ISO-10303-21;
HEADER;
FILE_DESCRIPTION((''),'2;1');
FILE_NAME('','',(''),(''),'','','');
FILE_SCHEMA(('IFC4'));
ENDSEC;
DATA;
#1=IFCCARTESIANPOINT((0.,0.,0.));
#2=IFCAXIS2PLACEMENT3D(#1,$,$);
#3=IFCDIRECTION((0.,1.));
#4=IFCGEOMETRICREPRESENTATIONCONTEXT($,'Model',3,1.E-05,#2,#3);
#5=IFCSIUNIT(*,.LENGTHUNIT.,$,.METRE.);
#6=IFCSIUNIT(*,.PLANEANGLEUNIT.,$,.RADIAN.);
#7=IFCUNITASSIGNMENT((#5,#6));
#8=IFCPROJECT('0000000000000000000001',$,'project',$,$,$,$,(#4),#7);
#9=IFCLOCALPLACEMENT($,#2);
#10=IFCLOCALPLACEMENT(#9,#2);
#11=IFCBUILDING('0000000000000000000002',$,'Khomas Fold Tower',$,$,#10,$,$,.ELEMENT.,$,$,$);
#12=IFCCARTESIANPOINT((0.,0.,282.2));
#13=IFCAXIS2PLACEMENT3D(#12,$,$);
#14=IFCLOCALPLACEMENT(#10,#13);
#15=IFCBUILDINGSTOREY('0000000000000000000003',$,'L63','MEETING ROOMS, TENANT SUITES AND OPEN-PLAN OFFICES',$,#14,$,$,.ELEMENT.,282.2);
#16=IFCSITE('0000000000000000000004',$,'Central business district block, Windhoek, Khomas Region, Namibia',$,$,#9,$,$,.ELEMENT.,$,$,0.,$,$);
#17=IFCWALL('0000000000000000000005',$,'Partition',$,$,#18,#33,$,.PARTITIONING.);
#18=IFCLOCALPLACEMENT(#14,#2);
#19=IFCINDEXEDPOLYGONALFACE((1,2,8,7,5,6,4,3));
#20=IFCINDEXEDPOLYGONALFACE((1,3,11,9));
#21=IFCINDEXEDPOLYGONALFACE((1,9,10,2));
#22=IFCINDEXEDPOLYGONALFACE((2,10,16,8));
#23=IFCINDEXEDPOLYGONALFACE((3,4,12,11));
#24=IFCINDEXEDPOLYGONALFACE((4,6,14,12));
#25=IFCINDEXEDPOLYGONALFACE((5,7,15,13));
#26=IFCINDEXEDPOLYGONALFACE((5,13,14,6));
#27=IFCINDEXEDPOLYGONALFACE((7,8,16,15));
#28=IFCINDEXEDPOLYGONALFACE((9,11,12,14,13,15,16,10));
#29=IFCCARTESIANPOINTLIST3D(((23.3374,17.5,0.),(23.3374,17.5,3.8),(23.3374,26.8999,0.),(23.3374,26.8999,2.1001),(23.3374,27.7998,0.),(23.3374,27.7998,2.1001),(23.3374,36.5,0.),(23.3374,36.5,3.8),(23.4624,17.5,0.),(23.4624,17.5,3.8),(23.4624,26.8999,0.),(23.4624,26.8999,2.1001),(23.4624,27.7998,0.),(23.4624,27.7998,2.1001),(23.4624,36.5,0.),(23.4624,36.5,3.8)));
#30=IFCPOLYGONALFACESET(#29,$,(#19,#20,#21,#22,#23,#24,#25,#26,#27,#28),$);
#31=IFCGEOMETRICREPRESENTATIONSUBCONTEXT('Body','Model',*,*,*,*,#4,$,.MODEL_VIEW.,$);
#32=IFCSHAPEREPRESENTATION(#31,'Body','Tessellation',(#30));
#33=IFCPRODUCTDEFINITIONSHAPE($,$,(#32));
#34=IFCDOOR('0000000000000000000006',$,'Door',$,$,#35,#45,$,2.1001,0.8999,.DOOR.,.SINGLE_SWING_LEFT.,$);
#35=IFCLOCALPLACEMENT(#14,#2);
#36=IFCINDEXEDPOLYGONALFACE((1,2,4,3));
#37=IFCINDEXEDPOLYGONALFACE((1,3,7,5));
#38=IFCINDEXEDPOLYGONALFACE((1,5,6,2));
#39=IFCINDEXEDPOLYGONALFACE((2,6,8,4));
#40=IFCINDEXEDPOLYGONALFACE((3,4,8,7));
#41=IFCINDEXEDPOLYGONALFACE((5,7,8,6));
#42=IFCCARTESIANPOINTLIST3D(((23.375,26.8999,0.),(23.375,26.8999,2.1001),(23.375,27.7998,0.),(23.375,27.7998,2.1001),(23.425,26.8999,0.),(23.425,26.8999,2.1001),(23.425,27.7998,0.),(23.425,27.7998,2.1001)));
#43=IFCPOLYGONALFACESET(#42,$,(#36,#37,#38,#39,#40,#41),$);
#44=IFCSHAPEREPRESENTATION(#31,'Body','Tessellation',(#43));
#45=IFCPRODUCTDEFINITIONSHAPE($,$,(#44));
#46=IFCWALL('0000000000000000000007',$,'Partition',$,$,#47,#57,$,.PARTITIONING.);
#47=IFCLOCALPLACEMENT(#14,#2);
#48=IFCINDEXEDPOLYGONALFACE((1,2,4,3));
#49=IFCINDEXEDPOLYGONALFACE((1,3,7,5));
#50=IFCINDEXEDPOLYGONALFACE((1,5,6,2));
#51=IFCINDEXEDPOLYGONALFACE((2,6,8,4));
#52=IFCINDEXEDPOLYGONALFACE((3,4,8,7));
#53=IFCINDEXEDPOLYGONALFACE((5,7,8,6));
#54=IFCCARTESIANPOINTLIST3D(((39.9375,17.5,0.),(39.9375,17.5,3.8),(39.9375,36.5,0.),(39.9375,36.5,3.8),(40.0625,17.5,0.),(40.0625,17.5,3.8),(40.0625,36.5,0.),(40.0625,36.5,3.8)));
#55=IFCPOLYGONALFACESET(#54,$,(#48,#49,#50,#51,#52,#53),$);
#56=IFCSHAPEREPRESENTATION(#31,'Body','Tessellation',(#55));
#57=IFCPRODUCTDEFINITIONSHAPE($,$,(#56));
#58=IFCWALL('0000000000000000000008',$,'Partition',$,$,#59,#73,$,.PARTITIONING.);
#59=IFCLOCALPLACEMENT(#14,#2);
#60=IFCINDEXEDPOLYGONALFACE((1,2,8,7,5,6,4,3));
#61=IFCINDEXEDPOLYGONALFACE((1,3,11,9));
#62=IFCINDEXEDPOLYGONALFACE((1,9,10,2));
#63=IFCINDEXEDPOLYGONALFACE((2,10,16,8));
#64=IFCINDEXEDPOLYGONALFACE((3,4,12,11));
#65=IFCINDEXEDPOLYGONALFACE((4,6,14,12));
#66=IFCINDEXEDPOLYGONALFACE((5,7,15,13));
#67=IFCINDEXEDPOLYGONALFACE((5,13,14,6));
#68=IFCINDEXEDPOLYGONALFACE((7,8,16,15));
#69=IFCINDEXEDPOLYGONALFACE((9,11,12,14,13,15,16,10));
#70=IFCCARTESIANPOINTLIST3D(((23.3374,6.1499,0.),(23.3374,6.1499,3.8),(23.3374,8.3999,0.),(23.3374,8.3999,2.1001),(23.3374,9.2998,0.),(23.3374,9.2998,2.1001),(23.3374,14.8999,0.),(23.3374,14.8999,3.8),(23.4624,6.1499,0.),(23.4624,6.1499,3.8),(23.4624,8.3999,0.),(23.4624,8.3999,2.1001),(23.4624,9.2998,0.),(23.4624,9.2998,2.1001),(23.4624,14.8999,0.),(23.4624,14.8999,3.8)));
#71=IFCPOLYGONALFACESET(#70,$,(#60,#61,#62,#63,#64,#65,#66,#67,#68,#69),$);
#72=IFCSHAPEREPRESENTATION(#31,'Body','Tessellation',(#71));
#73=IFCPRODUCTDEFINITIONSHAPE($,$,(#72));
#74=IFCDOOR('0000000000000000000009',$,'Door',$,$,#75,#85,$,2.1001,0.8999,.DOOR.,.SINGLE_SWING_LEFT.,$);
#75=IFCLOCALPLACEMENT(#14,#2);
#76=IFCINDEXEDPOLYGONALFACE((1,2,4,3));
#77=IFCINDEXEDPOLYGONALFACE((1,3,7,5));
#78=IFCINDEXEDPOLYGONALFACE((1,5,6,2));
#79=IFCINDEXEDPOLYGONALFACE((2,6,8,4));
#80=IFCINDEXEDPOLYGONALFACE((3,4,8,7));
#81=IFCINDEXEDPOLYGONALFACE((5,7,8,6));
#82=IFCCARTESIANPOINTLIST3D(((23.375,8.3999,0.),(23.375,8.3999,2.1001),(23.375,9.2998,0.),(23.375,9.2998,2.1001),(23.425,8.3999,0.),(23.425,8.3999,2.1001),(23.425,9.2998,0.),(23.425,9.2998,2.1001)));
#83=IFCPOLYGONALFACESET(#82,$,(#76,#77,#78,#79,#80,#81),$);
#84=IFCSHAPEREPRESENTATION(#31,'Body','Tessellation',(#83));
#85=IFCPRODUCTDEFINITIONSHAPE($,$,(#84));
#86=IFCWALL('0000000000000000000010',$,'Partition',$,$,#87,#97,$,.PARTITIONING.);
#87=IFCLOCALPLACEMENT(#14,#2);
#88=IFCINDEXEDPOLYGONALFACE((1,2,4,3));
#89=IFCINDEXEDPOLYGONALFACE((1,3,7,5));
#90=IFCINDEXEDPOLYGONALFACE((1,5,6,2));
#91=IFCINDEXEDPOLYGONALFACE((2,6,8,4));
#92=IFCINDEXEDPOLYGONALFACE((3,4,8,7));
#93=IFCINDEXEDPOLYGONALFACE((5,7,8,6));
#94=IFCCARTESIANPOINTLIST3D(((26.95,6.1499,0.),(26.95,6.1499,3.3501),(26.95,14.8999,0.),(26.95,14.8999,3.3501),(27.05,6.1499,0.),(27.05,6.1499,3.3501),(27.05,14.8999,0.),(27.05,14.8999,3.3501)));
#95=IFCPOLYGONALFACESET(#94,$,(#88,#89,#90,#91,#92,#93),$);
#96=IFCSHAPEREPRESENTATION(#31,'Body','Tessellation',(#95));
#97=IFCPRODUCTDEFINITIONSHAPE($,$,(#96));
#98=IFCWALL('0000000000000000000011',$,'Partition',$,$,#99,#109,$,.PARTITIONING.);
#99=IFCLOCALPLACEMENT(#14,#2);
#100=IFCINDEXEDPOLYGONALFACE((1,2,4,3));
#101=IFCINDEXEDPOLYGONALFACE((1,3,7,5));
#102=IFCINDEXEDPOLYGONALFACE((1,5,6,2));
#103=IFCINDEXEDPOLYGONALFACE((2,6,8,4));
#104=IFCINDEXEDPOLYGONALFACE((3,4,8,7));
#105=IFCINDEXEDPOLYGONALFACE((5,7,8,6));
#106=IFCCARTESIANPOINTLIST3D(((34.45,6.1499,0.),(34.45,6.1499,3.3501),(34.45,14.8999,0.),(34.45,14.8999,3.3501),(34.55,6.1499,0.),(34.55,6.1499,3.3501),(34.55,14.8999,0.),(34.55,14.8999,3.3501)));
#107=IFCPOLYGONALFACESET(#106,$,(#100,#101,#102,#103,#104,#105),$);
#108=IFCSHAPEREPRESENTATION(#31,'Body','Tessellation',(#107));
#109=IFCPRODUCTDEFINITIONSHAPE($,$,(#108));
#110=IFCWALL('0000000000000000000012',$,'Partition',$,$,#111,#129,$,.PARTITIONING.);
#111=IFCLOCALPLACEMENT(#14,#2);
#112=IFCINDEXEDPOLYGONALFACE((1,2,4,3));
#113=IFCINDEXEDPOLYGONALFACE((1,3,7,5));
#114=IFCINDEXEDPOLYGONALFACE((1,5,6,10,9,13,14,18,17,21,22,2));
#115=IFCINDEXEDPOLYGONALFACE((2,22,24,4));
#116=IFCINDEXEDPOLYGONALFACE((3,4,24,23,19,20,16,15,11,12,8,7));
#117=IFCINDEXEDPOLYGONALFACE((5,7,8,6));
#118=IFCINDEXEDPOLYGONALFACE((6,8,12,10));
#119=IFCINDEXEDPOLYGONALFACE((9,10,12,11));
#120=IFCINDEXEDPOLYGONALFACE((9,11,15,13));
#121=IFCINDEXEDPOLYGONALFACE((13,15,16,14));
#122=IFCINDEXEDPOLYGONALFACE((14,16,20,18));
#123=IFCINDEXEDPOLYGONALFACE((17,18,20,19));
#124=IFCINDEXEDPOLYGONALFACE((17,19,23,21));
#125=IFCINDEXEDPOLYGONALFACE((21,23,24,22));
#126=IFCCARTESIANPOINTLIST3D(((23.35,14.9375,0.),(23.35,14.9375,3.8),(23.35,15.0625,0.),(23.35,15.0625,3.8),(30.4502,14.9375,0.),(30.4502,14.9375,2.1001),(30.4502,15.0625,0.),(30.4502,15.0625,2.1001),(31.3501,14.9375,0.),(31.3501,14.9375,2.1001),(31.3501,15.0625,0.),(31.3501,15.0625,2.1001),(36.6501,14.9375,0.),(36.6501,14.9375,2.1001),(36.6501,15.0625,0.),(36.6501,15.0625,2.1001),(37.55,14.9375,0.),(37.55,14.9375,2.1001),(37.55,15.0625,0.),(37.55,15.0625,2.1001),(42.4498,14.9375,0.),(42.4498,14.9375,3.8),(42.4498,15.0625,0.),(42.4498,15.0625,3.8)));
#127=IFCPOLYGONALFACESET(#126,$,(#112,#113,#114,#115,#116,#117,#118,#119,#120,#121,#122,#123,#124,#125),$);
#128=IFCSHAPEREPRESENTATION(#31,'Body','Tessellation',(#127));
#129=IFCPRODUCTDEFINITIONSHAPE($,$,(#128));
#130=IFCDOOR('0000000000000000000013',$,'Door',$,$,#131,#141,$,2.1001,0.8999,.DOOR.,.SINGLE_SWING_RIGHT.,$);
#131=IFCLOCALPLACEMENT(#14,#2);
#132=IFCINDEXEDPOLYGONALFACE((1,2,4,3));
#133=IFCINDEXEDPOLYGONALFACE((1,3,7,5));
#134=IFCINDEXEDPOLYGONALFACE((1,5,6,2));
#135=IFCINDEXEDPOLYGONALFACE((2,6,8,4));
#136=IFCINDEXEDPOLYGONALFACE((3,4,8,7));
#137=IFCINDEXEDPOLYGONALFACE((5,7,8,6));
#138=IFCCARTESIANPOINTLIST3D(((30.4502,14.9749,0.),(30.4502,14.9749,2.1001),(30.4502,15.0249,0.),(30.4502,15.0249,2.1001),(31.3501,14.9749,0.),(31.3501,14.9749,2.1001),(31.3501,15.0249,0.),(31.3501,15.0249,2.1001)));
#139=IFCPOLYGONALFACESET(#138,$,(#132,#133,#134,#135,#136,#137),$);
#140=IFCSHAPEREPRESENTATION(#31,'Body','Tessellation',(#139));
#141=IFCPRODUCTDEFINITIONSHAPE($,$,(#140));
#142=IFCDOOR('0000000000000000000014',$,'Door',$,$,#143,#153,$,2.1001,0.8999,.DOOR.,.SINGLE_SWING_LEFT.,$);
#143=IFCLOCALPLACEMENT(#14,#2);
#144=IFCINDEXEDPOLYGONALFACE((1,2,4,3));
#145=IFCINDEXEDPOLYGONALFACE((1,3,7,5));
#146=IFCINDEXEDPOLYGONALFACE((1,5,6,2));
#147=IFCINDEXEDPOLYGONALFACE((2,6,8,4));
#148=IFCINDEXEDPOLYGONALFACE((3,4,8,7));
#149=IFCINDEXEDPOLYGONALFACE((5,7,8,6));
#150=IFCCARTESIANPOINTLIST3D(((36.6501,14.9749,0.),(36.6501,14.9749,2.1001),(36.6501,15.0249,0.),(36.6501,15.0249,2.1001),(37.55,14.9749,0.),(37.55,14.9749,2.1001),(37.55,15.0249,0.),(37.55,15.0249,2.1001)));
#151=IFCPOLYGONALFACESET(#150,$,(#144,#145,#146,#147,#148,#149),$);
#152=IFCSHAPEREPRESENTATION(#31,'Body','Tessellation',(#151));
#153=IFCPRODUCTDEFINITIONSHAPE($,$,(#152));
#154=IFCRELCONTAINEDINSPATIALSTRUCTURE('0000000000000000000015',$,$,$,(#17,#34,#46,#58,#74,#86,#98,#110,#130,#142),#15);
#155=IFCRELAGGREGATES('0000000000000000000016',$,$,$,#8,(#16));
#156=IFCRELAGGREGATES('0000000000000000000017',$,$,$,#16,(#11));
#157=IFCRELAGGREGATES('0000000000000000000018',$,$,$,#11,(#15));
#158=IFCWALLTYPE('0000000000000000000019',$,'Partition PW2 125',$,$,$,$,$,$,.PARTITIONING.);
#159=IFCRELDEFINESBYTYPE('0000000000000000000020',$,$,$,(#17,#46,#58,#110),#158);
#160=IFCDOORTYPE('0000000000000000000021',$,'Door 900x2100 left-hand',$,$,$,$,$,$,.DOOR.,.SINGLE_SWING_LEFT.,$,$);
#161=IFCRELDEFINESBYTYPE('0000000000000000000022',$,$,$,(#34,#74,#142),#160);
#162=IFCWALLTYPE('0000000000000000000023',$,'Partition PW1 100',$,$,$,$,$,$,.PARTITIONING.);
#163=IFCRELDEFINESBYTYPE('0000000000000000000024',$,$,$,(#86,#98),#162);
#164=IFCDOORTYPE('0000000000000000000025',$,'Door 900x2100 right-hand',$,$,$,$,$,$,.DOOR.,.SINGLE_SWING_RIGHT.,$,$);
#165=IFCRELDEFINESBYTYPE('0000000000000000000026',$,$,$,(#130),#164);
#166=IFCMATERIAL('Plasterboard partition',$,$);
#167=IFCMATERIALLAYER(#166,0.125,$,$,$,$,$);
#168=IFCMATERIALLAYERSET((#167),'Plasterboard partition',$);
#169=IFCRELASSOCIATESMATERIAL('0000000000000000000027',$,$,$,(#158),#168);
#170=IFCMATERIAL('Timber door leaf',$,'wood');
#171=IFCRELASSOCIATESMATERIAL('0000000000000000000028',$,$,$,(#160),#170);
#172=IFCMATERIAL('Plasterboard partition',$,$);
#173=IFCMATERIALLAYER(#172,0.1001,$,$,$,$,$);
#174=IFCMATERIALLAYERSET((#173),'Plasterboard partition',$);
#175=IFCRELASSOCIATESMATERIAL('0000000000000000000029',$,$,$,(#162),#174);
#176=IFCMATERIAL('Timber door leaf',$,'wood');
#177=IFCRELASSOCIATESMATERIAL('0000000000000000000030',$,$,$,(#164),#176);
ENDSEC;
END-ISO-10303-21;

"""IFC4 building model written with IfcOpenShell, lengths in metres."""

from ifc_helpers import new_model, si_unit, direction, frame, frame_2d, origin, place, context, subcontext, project, spatial, rectangle, extrude, source, transform, mapped, material, layer, layer_set, type_object, element, fill, save


model = new_model("IFC4")

# Units and contexts
model_context = context("Model", 3, precision=1e-05, world=origin(), true_north=direction((0.0, 1.0)))
body_context = subcontext(model_context, "Body", "Model", "MODEL_VIEW")
ifc_project = project(units=[si_unit("LENGTHUNIT", "METRE"), si_unit("PLANEANGLEUNIT", "RADIAN")], contexts=[model_context])

# Site, building, storey
site_placement = place(None, origin())
site = spatial("IfcSite", under=ifc_project, at=site_placement, Name="Central business district block, Windhoek, Khomas Region, Namibia", CompositionType="ELEMENT", RefElevation=0.0)
building_placement = place(site_placement, origin())
building = spatial("IfcBuilding", under=site, at=building_placement, Name="Khomas Fold Tower", CompositionType="ELEMENT")
storey_placement = place(building_placement, frame((0.0, 0.0, 282.2)))
storey = spatial("IfcBuildingStorey", under=building, at=storey_placement, Name="L63", Description="MEETING ROOMS, TENANT SUITES AND OPEN-PLAN OFFICES", CompositionType="ELEMENT", Elevation=282.2)

# Wall, opening, door
ifc_material_1 = material(Name="Plasterboard partition")
ifc_layer_1 = layer(ifc_material_1, 0.125)
ifc_layer_set_1 = layer_set([ifc_layer_1], Name="Plasterboard partition")
wall_type_1 = type_object("IfcWallType", Name="Partition PW2 125", PredefinedType="PARTITIONING", material=ifc_layer_set_1)
shared_shape_1 = source(origin(), body_context, "Body", "SweptSolid", [
    extrude(rectangle(XDim=19.0, YDim=0.125, at=frame_2d((9.5, 0.0))), origin(), (0.0, 0.0, 1.0), 3.8),
])
wall_1_placement = place(storey_placement, frame((23.3999, 17.5, 0.0), z_axis=(0.0, 0.0, 1.0), x_axis=(0.0, 1.0, 0.0)))
wall_1 = element("IfcWall", 1, at=wall_1_placement, inside=storey, type_object=wall_type_1, Name="Partition", PredefinedType="PARTITIONING", context=body_context, shape_type="MappedRepresentation", body=[
    mapped(shared_shape_1, transform((0.0, 0.0, 0.0))),
])
shared_shape_2 = source(origin(), body_context, "Body", "SweptSolid", [
    extrude(rectangle(XDim=0.8999, YDim=2.1001, at=frame_2d((0.45, 1.05))), frame((0.0, 0.0725, 0.0), z_axis=(0.0, -1.0, 0.0), x_axis=(1.0, 0.0, 0.0)), (0.0, 0.0, 1.0), 0.145),
])
opening_1_placement = place(wall_1_placement, frame((9.3999, 0.0, 0.0)))
opening_1 = element("IfcOpeningElement", 2, at=opening_1_placement, cuts=wall_1, PredefinedType="OPENING", context=body_context, shape_type="MappedRepresentation", body=[
    mapped(shared_shape_2, transform((0.0, 0.0, 0.0))),
])
ifc_material_2 = material(Name="Timber door leaf", Category="wood")
door_type_1 = type_object("IfcDoorType", Name="Door 900x2100 left-hand", OperationType="SINGLE_SWING_LEFT", PredefinedType="DOOR", material=ifc_material_2)
shared_shape_3 = source(origin(), body_context, "Body", "SweptSolid", [
    extrude(rectangle(XDim=0.8999, YDim=2.1001, at=frame_2d((0.45, 1.05))), frame((0.0, 0.0249, 0.0), z_axis=(0.0, -1.0, 0.0), x_axis=(1.0, 0.0, 0.0)), (0.0, 0.0, 1.0), 0.05),
])
door_1_placement = place(opening_1_placement, origin())
door_1 = element("IfcDoor", 3, at=door_1_placement, inside=storey, type_object=door_type_1, Name="Door", OperationType="SINGLE_SWING_LEFT", OverallHeight=2.1001, OverallWidth=0.8999, PredefinedType="DOOR", context=body_context, shape_type="MappedRepresentation", body=[
    mapped(shared_shape_3, transform((0.0, 0.0, 0.0))),
])
fill(opening_1, door_1)

# Wall
wall_2_placement = place(storey_placement, frame((40.0, 17.5, 0.0), z_axis=(0.0, 0.0, 1.0), x_axis=(0.0, 1.0, 0.0)))
element("IfcWall", 4, at=wall_2_placement, inside=storey, type_object=wall_type_1, Name="Partition", PredefinedType="PARTITIONING", context=body_context, shape_type="MappedRepresentation", body=[
    mapped(shared_shape_1, transform((0.0, 0.0, 0.0))),
])

# Wall, opening, door
shared_shape_4 = source(origin(), body_context, "Body", "SweptSolid", [
    extrude(rectangle(XDim=8.75, YDim=0.125, at=frame_2d((4.375, 0.0))), origin(), (0.0, 0.0, 1.0), 3.8),
])
wall_3_placement = place(storey_placement, frame((23.3999, 6.1499, 0.0), z_axis=(0.0, 0.0, 1.0), x_axis=(0.0, 1.0, 0.0)))
wall_3 = element("IfcWall", 5, at=wall_3_placement, inside=storey, type_object=wall_type_1, Name="Partition", PredefinedType="PARTITIONING", context=body_context, shape_type="MappedRepresentation", body=[
    mapped(shared_shape_4, transform((0.0, 0.0, 0.0))),
])
opening_2_placement = place(wall_3_placement, frame((2.25, 0.0, 0.0)))
opening_2 = element("IfcOpeningElement", 6, at=opening_2_placement, cuts=wall_3, PredefinedType="OPENING", context=body_context, shape_type="MappedRepresentation", body=[
    mapped(shared_shape_2, transform((0.0, 0.0, 0.0))),
])
door_2_placement = place(opening_2_placement, origin())
door_2 = element("IfcDoor", 7, at=door_2_placement, inside=storey, type_object=door_type_1, Name="Door", OperationType="SINGLE_SWING_LEFT", OverallHeight=2.1001, OverallWidth=0.8999, PredefinedType="DOOR", context=body_context, shape_type="MappedRepresentation", body=[
    mapped(shared_shape_3, transform((0.0, 0.0, 0.0))),
])
fill(opening_2, door_2)

# Walls
ifc_material_3 = material(Name="Plasterboard partition")
ifc_layer_2 = layer(ifc_material_3, 0.1001)
ifc_layer_set_2 = layer_set([ifc_layer_2], Name="Plasterboard partition")
wall_type_2 = type_object("IfcWallType", Name="Partition PW1 100", PredefinedType="PARTITIONING", material=ifc_layer_set_2)
shared_shape_5 = source(origin(), body_context, "Body", "SweptSolid", [
    extrude(rectangle(XDim=8.75, YDim=0.1001, at=frame_2d((4.375, 0.0))), origin(), (0.0, 0.0, 1.0), 3.3501),
])
for number, where, z_axis, x_axis, name in (
    (8, (27.0, 6.1499, 0.0), (0.0, 0.0, 1.0), (0.0, 1.0, 0.0), "Partition"),
    (9, (34.5, 6.1499, 0.0), (0.0, 0.0, 1.0), (0.0, 1.0, 0.0), "Partition"),
):
    element("IfcWall", number, at=place(storey_placement, frame(where, z_axis=z_axis, x_axis=x_axis)), inside=storey, type_object=wall_type_2, Name=name, PredefinedType="PARTITIONING", context=body_context, shape_type="MappedRepresentation", body=[
        mapped(shared_shape_5, transform((0.0, 0.0, 0.0))),
    ])

# Wall, openings, doors
shared_shape_6 = source(origin(), body_context, "Body", "SweptSolid", [
    extrude(rectangle(XDim=19.0999, YDim=0.125, at=frame_2d((9.5498, 0.0))), origin(), (0.0, 0.0, 1.0), 3.8),
])
wall_4_placement = place(storey_placement, frame((23.3501, 15.0, 0.0), z_axis=(0.0, 0.0, 1.0), x_axis=(1.0, 0.0, 0.0)))
wall_4 = element("IfcWall", 10, at=wall_4_placement, inside=storey, type_object=wall_type_1, Name="Partition", PredefinedType="PARTITIONING", context=body_context, shape_type="MappedRepresentation", body=[
    mapped(shared_shape_6, transform((0.0, 0.0, 0.0))),
])
opening_3_placement = place(wall_4_placement, frame((7.1001, 0.0, 0.0)))
opening_3 = element("IfcOpeningElement", 11, at=opening_3_placement, cuts=wall_4, PredefinedType="OPENING", context=body_context, shape_type="MappedRepresentation", body=[
    mapped(shared_shape_2, transform((0.0, 0.0, 0.0))),
])
opening_4_placement = place(wall_4_placement, frame((13.3, 0.0, 0.0)))
opening_4 = element("IfcOpeningElement", 12, at=opening_4_placement, cuts=wall_4, PredefinedType="OPENING", context=body_context, shape_type="MappedRepresentation", body=[
    mapped(shared_shape_2, transform((0.0, 0.0, 0.0))),
])
ifc_material_4 = material(Name="Timber door leaf", Category="wood")
door_type_2 = type_object("IfcDoorType", Name="Door 900x2100 right-hand", OperationType="SINGLE_SWING_RIGHT", PredefinedType="DOOR", material=ifc_material_4)
door_3_placement = place(opening_3_placement, origin())
door_3 = element("IfcDoor", 13, at=door_3_placement, inside=storey, type_object=door_type_2, Name="Door", OperationType="SINGLE_SWING_RIGHT", OverallHeight=2.1001, OverallWidth=0.8999, PredefinedType="DOOR", context=body_context, shape_type="MappedRepresentation", body=[
    mapped(shared_shape_3, transform((0.0, 0.0, 0.0))),
])
fill(opening_3, door_3)
door_4_placement = place(opening_4_placement, origin())
door_4 = element("IfcDoor", 14, at=door_4_placement, inside=storey, type_object=door_type_1, Name="Door", OperationType="SINGLE_SWING_LEFT", OverallHeight=2.1001, OverallWidth=0.8999, PredefinedType="DOOR", context=body_context, shape_type="MappedRepresentation", body=[
    mapped(shared_shape_3, transform((0.0, 0.0, 0.0))),
])
fill(opening_4, door_4)

save(model, "model.ifc")
